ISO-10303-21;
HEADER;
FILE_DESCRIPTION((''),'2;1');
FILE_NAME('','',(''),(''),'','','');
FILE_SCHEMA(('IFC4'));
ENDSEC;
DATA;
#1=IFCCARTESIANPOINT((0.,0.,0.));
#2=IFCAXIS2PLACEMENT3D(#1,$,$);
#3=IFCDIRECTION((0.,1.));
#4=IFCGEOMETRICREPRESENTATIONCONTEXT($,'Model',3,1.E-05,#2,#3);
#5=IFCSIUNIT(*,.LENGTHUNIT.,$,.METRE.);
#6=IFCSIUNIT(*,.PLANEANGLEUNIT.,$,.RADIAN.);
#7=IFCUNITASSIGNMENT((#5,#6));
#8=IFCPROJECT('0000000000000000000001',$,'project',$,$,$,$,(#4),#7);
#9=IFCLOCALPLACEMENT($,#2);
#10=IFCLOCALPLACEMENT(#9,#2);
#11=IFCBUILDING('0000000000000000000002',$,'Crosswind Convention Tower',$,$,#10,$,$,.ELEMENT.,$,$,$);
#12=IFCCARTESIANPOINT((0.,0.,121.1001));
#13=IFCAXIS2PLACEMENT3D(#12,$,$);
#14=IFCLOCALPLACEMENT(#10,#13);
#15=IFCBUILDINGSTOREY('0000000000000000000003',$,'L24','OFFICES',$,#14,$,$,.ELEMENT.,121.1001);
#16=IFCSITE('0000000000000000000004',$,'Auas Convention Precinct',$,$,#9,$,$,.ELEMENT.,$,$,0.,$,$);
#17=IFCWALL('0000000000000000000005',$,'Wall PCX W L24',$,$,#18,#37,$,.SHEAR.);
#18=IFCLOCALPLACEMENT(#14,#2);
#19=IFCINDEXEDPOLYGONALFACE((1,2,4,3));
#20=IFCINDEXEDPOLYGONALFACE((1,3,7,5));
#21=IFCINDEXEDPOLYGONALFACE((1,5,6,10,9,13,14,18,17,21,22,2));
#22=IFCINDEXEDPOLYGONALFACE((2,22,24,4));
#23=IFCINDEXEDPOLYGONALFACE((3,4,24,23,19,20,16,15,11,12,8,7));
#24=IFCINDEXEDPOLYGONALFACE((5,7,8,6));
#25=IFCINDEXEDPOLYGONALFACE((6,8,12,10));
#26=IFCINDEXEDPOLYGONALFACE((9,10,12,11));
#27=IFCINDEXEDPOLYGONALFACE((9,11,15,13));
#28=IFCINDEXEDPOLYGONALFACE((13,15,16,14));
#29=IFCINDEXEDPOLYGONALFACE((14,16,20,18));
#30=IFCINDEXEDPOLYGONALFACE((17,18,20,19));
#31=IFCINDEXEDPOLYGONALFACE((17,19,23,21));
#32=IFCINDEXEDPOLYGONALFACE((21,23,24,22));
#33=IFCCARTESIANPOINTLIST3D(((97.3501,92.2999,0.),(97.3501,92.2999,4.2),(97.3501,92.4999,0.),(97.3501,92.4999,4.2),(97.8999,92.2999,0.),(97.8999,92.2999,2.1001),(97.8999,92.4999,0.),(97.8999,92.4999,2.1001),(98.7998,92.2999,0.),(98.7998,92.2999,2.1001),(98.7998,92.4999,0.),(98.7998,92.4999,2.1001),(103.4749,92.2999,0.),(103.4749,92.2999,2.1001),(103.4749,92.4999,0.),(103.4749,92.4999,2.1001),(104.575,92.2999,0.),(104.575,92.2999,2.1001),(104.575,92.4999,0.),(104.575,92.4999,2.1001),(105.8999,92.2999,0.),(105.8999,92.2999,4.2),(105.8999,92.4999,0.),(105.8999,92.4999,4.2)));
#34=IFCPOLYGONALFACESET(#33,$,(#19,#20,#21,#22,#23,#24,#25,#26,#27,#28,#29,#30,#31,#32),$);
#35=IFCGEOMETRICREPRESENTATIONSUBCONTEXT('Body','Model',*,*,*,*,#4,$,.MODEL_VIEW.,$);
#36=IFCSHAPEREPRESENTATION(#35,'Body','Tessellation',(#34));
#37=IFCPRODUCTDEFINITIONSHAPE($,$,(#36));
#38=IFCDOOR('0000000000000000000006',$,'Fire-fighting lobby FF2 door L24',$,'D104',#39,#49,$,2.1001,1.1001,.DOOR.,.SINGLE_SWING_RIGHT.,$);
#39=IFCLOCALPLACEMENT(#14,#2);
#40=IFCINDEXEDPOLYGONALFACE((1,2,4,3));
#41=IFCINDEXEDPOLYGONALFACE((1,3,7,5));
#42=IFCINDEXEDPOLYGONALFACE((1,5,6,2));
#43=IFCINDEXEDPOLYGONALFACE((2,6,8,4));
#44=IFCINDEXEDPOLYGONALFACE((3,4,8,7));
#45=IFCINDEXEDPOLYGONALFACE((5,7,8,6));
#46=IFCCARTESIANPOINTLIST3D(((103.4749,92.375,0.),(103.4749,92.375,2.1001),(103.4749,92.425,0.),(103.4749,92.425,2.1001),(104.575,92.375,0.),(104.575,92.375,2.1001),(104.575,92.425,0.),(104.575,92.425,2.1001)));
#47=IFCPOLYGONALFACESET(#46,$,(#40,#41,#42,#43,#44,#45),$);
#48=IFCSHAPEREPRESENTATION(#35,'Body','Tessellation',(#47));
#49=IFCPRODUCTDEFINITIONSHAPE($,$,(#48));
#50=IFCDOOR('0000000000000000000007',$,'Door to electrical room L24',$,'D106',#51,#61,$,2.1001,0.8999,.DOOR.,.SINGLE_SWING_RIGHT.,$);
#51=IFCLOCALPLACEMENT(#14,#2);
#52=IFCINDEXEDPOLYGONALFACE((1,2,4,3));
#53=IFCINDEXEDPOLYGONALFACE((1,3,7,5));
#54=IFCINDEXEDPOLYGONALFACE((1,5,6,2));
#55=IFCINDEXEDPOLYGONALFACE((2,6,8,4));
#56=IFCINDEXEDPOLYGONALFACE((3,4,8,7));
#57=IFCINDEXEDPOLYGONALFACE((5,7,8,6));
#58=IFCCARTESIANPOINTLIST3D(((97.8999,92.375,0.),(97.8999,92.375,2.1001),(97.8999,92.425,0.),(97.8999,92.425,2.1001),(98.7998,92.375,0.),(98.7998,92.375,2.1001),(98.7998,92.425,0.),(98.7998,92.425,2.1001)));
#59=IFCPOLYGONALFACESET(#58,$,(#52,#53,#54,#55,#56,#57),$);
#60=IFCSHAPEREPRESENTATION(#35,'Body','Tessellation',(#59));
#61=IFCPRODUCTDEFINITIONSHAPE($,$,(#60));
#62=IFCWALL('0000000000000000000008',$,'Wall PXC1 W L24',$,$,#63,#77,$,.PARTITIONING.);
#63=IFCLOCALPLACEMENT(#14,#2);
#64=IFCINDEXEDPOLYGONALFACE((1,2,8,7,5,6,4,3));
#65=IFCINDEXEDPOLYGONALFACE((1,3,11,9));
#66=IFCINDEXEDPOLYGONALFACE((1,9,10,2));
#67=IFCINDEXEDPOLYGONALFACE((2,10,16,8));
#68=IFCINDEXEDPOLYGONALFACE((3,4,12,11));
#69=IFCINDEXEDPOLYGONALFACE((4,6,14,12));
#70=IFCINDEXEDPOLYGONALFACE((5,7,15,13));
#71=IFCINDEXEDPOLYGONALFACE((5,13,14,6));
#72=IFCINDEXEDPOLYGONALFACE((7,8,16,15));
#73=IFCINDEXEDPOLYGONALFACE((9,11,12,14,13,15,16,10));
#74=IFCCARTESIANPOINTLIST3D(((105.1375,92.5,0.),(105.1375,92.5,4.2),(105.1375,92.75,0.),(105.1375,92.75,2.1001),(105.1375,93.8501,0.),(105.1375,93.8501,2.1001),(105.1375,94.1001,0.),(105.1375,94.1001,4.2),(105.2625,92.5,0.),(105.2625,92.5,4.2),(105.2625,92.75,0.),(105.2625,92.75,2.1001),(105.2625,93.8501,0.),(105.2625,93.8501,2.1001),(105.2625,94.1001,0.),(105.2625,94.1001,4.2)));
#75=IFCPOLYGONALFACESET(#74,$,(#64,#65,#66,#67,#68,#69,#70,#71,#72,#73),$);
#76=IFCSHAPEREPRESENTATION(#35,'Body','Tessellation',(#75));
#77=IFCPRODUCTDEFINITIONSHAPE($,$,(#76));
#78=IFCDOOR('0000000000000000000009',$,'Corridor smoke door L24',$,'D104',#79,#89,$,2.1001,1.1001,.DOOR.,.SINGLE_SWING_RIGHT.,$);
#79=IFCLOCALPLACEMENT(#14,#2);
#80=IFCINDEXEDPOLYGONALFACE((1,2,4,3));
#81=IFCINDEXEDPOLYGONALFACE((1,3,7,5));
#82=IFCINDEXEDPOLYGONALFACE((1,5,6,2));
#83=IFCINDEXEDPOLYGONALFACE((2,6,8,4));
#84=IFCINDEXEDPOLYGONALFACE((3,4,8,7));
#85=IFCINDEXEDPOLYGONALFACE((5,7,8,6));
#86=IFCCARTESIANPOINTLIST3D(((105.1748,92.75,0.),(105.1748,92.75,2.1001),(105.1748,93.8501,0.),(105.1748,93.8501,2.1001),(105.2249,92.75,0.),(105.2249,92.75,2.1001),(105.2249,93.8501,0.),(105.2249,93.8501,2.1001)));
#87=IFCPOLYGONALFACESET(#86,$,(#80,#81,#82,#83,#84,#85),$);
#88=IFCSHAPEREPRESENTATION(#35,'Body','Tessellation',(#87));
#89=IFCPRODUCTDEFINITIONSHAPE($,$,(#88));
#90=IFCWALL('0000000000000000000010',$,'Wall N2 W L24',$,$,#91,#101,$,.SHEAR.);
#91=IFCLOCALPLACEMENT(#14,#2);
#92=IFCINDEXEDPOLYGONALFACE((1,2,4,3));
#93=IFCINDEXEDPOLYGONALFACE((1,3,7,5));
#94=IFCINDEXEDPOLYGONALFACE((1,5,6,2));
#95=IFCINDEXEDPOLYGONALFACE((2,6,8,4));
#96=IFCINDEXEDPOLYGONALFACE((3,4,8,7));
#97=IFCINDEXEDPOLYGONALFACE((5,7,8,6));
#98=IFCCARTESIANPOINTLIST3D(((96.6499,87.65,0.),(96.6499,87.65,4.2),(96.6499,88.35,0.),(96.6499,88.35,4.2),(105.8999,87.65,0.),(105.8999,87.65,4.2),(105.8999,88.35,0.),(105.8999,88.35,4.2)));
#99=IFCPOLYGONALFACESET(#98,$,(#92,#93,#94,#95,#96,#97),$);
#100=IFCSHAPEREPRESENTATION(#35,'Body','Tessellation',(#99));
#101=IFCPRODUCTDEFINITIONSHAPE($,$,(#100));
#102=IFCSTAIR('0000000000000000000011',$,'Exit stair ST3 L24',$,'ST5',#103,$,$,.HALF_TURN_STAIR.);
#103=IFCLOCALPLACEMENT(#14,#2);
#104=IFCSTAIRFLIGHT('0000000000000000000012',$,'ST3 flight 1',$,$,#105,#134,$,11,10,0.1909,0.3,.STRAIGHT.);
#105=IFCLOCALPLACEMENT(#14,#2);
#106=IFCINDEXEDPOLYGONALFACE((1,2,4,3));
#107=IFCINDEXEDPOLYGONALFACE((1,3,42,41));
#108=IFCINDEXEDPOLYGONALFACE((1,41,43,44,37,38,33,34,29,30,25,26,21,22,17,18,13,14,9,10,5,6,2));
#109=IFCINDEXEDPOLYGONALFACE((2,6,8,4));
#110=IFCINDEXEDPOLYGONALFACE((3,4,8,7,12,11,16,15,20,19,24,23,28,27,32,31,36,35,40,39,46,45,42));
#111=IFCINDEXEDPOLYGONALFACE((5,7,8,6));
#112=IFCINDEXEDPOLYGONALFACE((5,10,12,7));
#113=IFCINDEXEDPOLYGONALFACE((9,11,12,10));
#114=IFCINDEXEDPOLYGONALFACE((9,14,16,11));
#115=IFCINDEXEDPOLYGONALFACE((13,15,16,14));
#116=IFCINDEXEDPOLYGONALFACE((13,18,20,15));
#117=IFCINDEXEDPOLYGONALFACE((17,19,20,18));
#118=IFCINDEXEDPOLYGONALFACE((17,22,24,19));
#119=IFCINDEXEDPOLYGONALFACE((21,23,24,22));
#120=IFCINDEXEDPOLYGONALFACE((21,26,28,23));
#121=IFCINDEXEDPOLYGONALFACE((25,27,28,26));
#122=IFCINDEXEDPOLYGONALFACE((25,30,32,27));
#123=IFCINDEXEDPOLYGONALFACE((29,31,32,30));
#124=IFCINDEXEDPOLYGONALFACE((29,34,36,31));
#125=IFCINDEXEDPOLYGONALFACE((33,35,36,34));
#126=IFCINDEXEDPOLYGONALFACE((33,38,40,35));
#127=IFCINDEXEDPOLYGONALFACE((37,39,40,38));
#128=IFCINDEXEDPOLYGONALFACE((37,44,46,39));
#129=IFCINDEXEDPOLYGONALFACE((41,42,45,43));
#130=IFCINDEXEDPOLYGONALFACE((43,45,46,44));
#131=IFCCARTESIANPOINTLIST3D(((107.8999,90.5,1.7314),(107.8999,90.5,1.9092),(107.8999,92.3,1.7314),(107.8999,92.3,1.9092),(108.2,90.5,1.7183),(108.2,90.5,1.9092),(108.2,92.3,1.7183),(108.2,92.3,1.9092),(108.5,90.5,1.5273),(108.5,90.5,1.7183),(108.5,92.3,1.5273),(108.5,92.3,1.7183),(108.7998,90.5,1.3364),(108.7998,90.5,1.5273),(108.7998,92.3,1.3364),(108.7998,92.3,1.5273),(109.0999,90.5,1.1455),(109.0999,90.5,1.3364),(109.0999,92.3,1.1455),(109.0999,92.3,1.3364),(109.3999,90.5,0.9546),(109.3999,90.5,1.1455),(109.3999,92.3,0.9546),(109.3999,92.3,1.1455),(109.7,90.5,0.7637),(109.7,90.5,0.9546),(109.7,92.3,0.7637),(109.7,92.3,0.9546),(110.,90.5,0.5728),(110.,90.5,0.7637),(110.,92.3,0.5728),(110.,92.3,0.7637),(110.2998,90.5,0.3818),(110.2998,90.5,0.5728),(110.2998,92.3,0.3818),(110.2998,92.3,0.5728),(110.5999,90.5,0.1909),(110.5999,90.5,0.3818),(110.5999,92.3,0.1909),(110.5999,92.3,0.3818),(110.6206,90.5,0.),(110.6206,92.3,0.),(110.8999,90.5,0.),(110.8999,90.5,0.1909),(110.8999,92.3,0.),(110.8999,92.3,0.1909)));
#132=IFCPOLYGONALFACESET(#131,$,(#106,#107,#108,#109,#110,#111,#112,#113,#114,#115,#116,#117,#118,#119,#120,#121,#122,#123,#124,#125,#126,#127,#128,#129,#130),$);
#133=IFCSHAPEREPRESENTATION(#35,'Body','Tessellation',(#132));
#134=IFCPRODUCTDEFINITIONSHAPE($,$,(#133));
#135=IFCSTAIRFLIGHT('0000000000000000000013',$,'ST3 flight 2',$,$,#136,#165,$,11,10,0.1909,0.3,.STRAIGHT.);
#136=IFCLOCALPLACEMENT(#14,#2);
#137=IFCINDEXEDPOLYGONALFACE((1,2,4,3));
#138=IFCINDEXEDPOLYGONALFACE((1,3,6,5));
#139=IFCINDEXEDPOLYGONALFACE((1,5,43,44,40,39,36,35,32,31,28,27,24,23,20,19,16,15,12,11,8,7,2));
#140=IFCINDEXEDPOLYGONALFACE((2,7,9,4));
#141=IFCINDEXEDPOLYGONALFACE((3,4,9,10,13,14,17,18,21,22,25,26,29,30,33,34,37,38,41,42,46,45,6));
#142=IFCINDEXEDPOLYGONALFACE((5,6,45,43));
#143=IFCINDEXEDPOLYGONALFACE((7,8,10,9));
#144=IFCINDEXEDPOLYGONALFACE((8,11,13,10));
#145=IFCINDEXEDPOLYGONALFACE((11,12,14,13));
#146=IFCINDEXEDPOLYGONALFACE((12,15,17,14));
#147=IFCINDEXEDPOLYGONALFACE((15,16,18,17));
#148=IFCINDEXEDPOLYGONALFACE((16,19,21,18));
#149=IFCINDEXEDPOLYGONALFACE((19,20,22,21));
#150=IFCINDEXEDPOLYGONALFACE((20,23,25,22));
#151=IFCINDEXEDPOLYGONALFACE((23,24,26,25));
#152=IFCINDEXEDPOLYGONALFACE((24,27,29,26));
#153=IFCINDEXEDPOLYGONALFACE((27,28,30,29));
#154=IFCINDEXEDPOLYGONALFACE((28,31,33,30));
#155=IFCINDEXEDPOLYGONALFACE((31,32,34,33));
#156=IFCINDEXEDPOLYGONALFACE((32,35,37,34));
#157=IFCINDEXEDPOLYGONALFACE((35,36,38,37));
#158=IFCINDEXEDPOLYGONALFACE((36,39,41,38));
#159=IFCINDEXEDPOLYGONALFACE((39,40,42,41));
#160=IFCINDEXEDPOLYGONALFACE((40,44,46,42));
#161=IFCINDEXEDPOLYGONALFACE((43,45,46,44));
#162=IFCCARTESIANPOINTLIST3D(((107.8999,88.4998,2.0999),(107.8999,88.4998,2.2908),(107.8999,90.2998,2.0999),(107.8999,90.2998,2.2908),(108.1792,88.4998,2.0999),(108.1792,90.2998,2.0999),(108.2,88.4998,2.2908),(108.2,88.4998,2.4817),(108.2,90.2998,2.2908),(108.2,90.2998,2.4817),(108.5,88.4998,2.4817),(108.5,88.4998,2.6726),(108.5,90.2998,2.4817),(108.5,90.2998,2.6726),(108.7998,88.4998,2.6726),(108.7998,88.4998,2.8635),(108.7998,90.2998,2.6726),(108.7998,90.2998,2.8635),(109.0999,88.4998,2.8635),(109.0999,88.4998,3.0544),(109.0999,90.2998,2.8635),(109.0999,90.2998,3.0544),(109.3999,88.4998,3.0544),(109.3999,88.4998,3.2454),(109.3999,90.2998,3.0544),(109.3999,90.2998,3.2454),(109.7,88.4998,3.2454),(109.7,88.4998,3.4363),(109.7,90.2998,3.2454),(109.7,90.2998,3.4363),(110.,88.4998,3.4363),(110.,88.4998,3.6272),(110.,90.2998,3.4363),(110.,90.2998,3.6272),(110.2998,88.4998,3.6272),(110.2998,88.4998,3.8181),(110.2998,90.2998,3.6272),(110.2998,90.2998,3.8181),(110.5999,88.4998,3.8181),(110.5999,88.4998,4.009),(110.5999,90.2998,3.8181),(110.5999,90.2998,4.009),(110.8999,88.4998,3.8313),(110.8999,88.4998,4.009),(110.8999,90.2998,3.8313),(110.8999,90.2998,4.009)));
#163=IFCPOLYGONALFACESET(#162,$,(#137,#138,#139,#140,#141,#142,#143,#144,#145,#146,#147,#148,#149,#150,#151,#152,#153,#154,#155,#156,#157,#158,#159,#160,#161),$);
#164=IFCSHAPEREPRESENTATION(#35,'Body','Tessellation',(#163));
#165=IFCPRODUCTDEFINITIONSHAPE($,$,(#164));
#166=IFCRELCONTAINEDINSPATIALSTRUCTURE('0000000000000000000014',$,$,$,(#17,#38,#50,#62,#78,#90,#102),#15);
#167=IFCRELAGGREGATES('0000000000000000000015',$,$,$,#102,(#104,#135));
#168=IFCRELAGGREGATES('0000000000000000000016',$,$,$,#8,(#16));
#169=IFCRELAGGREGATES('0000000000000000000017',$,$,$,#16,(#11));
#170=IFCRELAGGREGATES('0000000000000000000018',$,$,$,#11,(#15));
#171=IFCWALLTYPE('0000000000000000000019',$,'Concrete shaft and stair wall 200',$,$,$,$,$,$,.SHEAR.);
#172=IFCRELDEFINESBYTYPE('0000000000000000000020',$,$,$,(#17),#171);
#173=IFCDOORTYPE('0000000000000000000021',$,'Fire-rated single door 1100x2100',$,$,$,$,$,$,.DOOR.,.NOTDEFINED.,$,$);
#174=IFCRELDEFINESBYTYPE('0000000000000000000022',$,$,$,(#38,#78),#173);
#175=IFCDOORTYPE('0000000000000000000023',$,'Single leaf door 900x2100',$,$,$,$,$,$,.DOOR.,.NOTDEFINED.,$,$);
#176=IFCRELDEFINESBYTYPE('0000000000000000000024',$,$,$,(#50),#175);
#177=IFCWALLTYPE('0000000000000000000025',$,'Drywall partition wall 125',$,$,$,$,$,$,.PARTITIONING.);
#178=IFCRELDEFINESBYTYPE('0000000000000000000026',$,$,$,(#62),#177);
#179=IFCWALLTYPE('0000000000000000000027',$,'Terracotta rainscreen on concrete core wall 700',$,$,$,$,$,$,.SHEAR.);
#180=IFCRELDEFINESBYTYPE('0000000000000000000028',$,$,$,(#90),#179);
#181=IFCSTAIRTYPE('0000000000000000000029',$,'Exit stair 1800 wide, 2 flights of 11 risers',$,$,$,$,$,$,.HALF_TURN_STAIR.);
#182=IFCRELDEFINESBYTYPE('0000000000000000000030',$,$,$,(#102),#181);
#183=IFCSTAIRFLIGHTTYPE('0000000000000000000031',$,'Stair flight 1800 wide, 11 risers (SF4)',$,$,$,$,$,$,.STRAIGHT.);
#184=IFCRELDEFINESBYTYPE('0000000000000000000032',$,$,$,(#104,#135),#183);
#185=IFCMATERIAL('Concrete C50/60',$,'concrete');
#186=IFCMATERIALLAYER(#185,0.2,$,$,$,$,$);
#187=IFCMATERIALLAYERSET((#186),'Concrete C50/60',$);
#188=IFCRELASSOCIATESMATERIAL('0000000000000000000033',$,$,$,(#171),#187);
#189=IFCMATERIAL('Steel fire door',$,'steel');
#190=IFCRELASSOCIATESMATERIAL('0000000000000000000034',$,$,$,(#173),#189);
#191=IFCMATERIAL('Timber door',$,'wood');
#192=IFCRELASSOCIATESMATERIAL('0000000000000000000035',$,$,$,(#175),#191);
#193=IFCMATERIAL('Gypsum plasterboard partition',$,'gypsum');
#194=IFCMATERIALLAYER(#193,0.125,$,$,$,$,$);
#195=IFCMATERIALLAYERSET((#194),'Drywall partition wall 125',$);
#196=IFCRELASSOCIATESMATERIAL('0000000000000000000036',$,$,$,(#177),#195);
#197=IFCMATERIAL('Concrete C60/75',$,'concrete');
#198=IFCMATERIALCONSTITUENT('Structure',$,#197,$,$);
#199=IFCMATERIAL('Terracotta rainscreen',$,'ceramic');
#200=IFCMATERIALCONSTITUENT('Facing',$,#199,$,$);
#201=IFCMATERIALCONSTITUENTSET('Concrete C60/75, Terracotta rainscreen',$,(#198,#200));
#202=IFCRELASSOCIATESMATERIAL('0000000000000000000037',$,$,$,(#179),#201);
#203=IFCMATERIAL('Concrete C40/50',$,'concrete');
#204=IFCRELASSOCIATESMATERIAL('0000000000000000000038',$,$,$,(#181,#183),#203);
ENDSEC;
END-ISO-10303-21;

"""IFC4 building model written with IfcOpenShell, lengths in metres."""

from ifc_helpers import new_model, si_unit, direction, frame, frame_2d, origin, place, context, subcontext, project, spatial, polyline, rectangle, outline, extrude, material, layer, layer_set, constituent, constituent_set, type_object, element, fill, aggregate, save


model = new_model("IFC4")

# Units and contexts
model_context = context("Model", 3, precision=1e-05, world=origin(), true_north=direction((0.0, 1.0)))
body_context = subcontext(model_context, "Body", "Model", "MODEL_VIEW")
ifc_project = project(units=[si_unit("LENGTHUNIT", "METRE"), si_unit("PLANEANGLEUNIT", "RADIAN")], contexts=[model_context])

# Site, building, storey
site_placement = place(None, origin())
site = spatial("IfcSite", under=ifc_project, at=site_placement, Name="Auas Convention Precinct", CompositionType="ELEMENT", RefElevation=0.0)
building_placement = place(site_placement, origin())
building = spatial("IfcBuilding", under=site, at=building_placement, Name="Crosswind Convention Tower", CompositionType="ELEMENT")
storey_placement = place(building_placement, frame((0.0, 0.0, 121.1001)))
storey = spatial("IfcBuildingStorey", under=building, at=storey_placement, Name="L24", Description="OFFICES", CompositionType="ELEMENT", Elevation=121.1001)

# Shared definitions
ifc_material_1 = material(Name="Concrete C50/60", Category="concrete")
ifc_layer_1 = layer(ifc_material_1, 0.2)
ifc_layer_set_1 = layer_set([ifc_layer_1], Name="Concrete C50/60")
wall_type_1 = type_object("IfcWallType", Name="Concrete shaft and stair wall 200", PredefinedType="SHEAR", material=ifc_layer_set_1)

# Wall, openings, doors
wall_1_placement = place(storey_placement, frame((105.8999, 92.3999, 0.0), z_axis=(0.0, 0.0, 1.0), x_axis=(-1.0, 0.0, 0.0)))
wall_1 = element("IfcWall", 1, at=wall_1_placement, inside=storey, type_object=wall_type_1, Name="Wall PCX W L24", PredefinedType="SHEAR", context=body_context, shape_type="SweptSolid", body=[
    extrude(rectangle(XDim=8.5498, YDim=0.2, at=frame_2d((4.2749, 0.0))), origin(), (0.0, 0.0, 1.0), 4.2),
])
opening_1_placement = place(wall_1_placement, frame((1.325, 0.0, 0.0)))
opening_1 = element("IfcOpeningElement", 2, at=opening_1_placement, cuts=wall_1, PredefinedType="OPENING", context=body_context, shape_type="SweptSolid", body=[
    extrude(rectangle(XDim=1.1001, YDim=2.1001, at=frame_2d((0.55, 1.05))), frame((0.0, 0.1099, 0.0), z_axis=(0.0, -1.0, 0.0), x_axis=(1.0, 0.0, 0.0)), (0.0, 0.0, 1.0), 0.22),
])
opening_2_placement = place(wall_1_placement, frame((7.1001, 0.0, 0.0)))
opening_2 = element("IfcOpeningElement", 3, at=opening_2_placement, cuts=wall_1, PredefinedType="OPENING", context=body_context, shape_type="SweptSolid", body=[
    extrude(rectangle(XDim=0.8999, YDim=2.1001, at=frame_2d((0.45, 1.05))), frame((0.0, 0.1099, 0.0), z_axis=(0.0, -1.0, 0.0), x_axis=(1.0, 0.0, 0.0)), (0.0, 0.0, 1.0), 0.22),
])
ifc_material_2 = material(Name="Steel fire door", Category="steel")
door_type_1 = type_object("IfcDoorType", Name="Fire-rated single door 1100x2100", OperationType="NOTDEFINED", PredefinedType="DOOR", material=ifc_material_2)
door_1_placement = place(opening_1_placement, origin())
door_1 = element("IfcDoor", 4, at=door_1_placement, inside=storey, type_object=door_type_1, Name="Fire-fighting lobby FF2 door L24", ObjectType="D104", OperationType="SINGLE_SWING_RIGHT", OverallHeight=2.1001, OverallWidth=1.1001, PredefinedType="DOOR", context=body_context, shape_type="SweptSolid", body=[
    extrude(rectangle(XDim=1.1001, YDim=2.1001, at=frame_2d((0.55, 1.05))), frame((0.0, 0.0249, 0.0), z_axis=(0.0, -1.0, 0.0), x_axis=(1.0, 0.0, 0.0)), (0.0, 0.0, 1.0), 0.05),
])
fill(opening_1, door_1)
ifc_material_3 = material(Name="Timber door", Category="wood")
door_type_2 = type_object("IfcDoorType", Name="Single leaf door 900x2100", OperationType="NOTDEFINED", PredefinedType="DOOR", material=ifc_material_3)
door_2_placement = place(opening_2_placement, origin())
door_2 = element("IfcDoor", 5, at=door_2_placement, inside=storey, type_object=door_type_2, Name="Door to electrical room L24", ObjectType="D106", OperationType="SINGLE_SWING_RIGHT", OverallHeight=2.1001, OverallWidth=0.8999, PredefinedType="DOOR", context=body_context, shape_type="SweptSolid", body=[
    extrude(rectangle(XDim=0.8999, YDim=2.1001, at=frame_2d((0.45, 1.05))), frame((0.0, 0.0249, 0.0), z_axis=(0.0, -1.0, 0.0), x_axis=(1.0, 0.0, 0.0)), (0.0, 0.0, 1.0), 0.05),
])
fill(opening_2, door_2)

# Wall, opening, door
ifc_material_4 = material(Name="Gypsum plasterboard partition", Category="gypsum")
ifc_layer_2 = layer(ifc_material_4, 0.125)
ifc_layer_set_2 = layer_set([ifc_layer_2], Name="Drywall partition wall 125")
wall_type_2 = type_object("IfcWallType", Name="Drywall partition wall 125", PredefinedType="PARTITIONING", material=ifc_layer_set_2)
wall_2_placement = place(storey_placement, frame((105.2, 94.1001, 0.0), z_axis=(0.0, 0.0, 1.0), x_axis=(0.0, -1.0, 0.0)))
wall_2 = element("IfcWall", 6, at=wall_2_placement, inside=storey, type_object=wall_type_2, Name="Wall PXC1 W L24", PredefinedType="PARTITIONING", context=body_context, shape_type="SweptSolid", body=[
    extrude(rectangle(XDim=1.6001, YDim=0.125, at=frame_2d((0.8, 0.0))), origin(), (0.0, 0.0, 1.0), 4.2),
])
opening_3_placement = place(wall_2_placement, frame((0.25, 0.0, 0.0)))
opening_3 = element("IfcOpeningElement", 7, at=opening_3_placement, cuts=wall_2, PredefinedType="OPENING", context=body_context, shape_type="SweptSolid", body=[
    extrude(rectangle(XDim=1.1001, YDim=2.1001, at=frame_2d((0.55, 1.05))), frame((0.0, 0.0725, 0.0), z_axis=(0.0, -1.0, 0.0), x_axis=(1.0, 0.0, 0.0)), (0.0, 0.0, 1.0), 0.145),
])
door_3_placement = place(opening_3_placement, origin())
door_3 = element("IfcDoor", 8, at=door_3_placement, inside=storey, type_object=door_type_1, Name="Corridor smoke door L24", ObjectType="D104", OperationType="SINGLE_SWING_RIGHT", OverallHeight=2.1001, OverallWidth=1.1001, PredefinedType="DOOR", context=body_context, shape_type="SweptSolid", body=[
    extrude(rectangle(XDim=1.1001, YDim=2.1001, at=frame_2d((0.55, 1.05))), frame((0.0, 0.0249, 0.0), z_axis=(0.0, -1.0, 0.0), x_axis=(1.0, 0.0, 0.0)), (0.0, 0.0, 1.0), 0.05),
])
fill(opening_3, door_3)

# Wall
ifc_material_5 = material(Name="Concrete C60/75", Category="concrete")
ifc_constituent_1 = constituent(ifc_material_5, Name="Structure")
ifc_material_6 = material(Name="Terracotta rainscreen", Category="ceramic")
ifc_constituent_2 = constituent(ifc_material_6, Name="Facing")
ifc_constituent_set = constituent_set(constituents=[ifc_constituent_1, ifc_constituent_2], Name="Concrete C60/75, Terracotta rainscreen")
wall_type_3 = type_object("IfcWallType", Name="Terracotta rainscreen on concrete core wall 700", PredefinedType="SHEAR", material=ifc_constituent_set)
wall_3_placement = place(storey_placement, frame((105.8999, 88.0, 0.0), z_axis=(0.0, 0.0, 1.0), x_axis=(-1.0, 0.0, 0.0)))
element("IfcWall", 9, at=wall_3_placement, inside=storey, type_object=wall_type_3, Name="Wall N2 W L24", PredefinedType="SHEAR", context=body_context, shape_type="SweptSolid", body=[
    extrude(rectangle(XDim=9.25, YDim=0.7, at=frame_2d((4.625, 0.0))), origin(), (0.0, 0.0, 1.0), 4.2),
])

# Stair, stair flights
ifc_material_7 = material(Name="Concrete C40/50", Category="concrete")
stair_type = type_object("IfcStairType", Name="Exit stair 1800 wide, 2 flights of 11 risers", PredefinedType="HALF_TURN_STAIR", material=ifc_material_7)
stair_placement = place(storey_placement, origin())
stair = element("IfcStair", 10, at=stair_placement, inside=storey, type_object=stair_type, Name="Exit stair ST3 L24", ObjectType="ST5", PredefinedType="HALF_TURN_STAIR")
stair_flight_type = type_object("IfcStairFlightType", Name="Stair flight 1800 wide, 11 risers (SF4)", PredefinedType="STRAIGHT", material=ifc_material_7)
stair_flight_1_placement = place(storey_placement, frame((110.8999, 91.3999, 0.0), z_axis=(0.0, 0.0, 1.0), x_axis=(-1.0, 0.0, 0.0)))
stair_flight_1 = element("IfcStairFlight", 11, at=stair_flight_1_placement, type_object=stair_flight_type, Name="ST3 flight 1", NumberOfRisers=11, NumberOfTreads=10, PredefinedType="STRAIGHT", RiserHeight=0.1909, TreadLength=0.3, context=body_context, shape_type="SweptSolid", body=[
    extrude(outline(polyline([(0.0, 0.0), (0.0, 0.1909), (0.3, 0.1909), (0.3, 0.3818), (0.6001, 0.3818), (0.6001, 0.5728), (0.8999, 0.5728), (0.8999, 0.7637), (1.2, 0.7637), (1.2, 0.9546), (1.5, 0.9546), (1.5, 1.1455), (1.8, 1.1455), (1.8, 1.3364), (2.1001, 1.3364), (2.1001, 1.5273), (2.3999, 1.5273), (2.3999, 1.7183), (2.7, 1.7183), (2.7, 1.9092), (3.0, 1.9092), (3.0, 2.1001), (3.0, 1.7314), (0.2793, 0.0), (0.0, 0.0)])), frame((0.0, 0.8999, 0.0), z_axis=(0.0, -1.0, 0.0), x_axis=(1.0, 0.0, 0.0)), (0.0, 0.0, 1.0), 1.8),
])
stair_flight_2_placement = place(storey_placement, frame((107.8999, 89.3999, 2.0999), z_axis=(0.0, 0.0, 1.0), x_axis=(1.0, 0.0, 0.0)))
stair_flight_2 = element("IfcStairFlight", 12, at=stair_flight_2_placement, type_object=stair_flight_type, Name="ST3 flight 2", NumberOfRisers=11, NumberOfTreads=10, PredefinedType="STRAIGHT", RiserHeight=0.1909, TreadLength=0.3, context=body_context, shape_type="SweptSolid", body=[
    extrude(outline(polyline([(0.0, 0.0), (0.0, 0.1909), (0.3, 0.1909), (0.3, 0.3818), (0.6001, 0.3818), (0.6001, 0.5728), (0.8999, 0.5728), (0.8999, 0.7637), (1.2, 0.7637), (1.2, 0.9546), (1.5, 0.9546), (1.5, 1.1455), (1.8, 1.1455), (1.8, 1.3364), (2.1001, 1.3364), (2.1001, 1.5273), (2.3999, 1.5273), (2.3999, 1.7183), (2.7, 1.7183), (2.7, 1.9092), (3.0, 1.9092), (3.0, 2.1001), (3.0, 1.7314), (0.2793, 0.0), (0.0, 0.0)])), frame((0.0, 0.8999, 0.0), z_axis=(0.0, -1.0, 0.0), x_axis=(1.0, 0.0, 0.0)), (0.0, 0.0, 1.0), 1.8),
])
aggregate(stair, [stair_flight_1, stair_flight_2])

save(model, "model.ifc")
